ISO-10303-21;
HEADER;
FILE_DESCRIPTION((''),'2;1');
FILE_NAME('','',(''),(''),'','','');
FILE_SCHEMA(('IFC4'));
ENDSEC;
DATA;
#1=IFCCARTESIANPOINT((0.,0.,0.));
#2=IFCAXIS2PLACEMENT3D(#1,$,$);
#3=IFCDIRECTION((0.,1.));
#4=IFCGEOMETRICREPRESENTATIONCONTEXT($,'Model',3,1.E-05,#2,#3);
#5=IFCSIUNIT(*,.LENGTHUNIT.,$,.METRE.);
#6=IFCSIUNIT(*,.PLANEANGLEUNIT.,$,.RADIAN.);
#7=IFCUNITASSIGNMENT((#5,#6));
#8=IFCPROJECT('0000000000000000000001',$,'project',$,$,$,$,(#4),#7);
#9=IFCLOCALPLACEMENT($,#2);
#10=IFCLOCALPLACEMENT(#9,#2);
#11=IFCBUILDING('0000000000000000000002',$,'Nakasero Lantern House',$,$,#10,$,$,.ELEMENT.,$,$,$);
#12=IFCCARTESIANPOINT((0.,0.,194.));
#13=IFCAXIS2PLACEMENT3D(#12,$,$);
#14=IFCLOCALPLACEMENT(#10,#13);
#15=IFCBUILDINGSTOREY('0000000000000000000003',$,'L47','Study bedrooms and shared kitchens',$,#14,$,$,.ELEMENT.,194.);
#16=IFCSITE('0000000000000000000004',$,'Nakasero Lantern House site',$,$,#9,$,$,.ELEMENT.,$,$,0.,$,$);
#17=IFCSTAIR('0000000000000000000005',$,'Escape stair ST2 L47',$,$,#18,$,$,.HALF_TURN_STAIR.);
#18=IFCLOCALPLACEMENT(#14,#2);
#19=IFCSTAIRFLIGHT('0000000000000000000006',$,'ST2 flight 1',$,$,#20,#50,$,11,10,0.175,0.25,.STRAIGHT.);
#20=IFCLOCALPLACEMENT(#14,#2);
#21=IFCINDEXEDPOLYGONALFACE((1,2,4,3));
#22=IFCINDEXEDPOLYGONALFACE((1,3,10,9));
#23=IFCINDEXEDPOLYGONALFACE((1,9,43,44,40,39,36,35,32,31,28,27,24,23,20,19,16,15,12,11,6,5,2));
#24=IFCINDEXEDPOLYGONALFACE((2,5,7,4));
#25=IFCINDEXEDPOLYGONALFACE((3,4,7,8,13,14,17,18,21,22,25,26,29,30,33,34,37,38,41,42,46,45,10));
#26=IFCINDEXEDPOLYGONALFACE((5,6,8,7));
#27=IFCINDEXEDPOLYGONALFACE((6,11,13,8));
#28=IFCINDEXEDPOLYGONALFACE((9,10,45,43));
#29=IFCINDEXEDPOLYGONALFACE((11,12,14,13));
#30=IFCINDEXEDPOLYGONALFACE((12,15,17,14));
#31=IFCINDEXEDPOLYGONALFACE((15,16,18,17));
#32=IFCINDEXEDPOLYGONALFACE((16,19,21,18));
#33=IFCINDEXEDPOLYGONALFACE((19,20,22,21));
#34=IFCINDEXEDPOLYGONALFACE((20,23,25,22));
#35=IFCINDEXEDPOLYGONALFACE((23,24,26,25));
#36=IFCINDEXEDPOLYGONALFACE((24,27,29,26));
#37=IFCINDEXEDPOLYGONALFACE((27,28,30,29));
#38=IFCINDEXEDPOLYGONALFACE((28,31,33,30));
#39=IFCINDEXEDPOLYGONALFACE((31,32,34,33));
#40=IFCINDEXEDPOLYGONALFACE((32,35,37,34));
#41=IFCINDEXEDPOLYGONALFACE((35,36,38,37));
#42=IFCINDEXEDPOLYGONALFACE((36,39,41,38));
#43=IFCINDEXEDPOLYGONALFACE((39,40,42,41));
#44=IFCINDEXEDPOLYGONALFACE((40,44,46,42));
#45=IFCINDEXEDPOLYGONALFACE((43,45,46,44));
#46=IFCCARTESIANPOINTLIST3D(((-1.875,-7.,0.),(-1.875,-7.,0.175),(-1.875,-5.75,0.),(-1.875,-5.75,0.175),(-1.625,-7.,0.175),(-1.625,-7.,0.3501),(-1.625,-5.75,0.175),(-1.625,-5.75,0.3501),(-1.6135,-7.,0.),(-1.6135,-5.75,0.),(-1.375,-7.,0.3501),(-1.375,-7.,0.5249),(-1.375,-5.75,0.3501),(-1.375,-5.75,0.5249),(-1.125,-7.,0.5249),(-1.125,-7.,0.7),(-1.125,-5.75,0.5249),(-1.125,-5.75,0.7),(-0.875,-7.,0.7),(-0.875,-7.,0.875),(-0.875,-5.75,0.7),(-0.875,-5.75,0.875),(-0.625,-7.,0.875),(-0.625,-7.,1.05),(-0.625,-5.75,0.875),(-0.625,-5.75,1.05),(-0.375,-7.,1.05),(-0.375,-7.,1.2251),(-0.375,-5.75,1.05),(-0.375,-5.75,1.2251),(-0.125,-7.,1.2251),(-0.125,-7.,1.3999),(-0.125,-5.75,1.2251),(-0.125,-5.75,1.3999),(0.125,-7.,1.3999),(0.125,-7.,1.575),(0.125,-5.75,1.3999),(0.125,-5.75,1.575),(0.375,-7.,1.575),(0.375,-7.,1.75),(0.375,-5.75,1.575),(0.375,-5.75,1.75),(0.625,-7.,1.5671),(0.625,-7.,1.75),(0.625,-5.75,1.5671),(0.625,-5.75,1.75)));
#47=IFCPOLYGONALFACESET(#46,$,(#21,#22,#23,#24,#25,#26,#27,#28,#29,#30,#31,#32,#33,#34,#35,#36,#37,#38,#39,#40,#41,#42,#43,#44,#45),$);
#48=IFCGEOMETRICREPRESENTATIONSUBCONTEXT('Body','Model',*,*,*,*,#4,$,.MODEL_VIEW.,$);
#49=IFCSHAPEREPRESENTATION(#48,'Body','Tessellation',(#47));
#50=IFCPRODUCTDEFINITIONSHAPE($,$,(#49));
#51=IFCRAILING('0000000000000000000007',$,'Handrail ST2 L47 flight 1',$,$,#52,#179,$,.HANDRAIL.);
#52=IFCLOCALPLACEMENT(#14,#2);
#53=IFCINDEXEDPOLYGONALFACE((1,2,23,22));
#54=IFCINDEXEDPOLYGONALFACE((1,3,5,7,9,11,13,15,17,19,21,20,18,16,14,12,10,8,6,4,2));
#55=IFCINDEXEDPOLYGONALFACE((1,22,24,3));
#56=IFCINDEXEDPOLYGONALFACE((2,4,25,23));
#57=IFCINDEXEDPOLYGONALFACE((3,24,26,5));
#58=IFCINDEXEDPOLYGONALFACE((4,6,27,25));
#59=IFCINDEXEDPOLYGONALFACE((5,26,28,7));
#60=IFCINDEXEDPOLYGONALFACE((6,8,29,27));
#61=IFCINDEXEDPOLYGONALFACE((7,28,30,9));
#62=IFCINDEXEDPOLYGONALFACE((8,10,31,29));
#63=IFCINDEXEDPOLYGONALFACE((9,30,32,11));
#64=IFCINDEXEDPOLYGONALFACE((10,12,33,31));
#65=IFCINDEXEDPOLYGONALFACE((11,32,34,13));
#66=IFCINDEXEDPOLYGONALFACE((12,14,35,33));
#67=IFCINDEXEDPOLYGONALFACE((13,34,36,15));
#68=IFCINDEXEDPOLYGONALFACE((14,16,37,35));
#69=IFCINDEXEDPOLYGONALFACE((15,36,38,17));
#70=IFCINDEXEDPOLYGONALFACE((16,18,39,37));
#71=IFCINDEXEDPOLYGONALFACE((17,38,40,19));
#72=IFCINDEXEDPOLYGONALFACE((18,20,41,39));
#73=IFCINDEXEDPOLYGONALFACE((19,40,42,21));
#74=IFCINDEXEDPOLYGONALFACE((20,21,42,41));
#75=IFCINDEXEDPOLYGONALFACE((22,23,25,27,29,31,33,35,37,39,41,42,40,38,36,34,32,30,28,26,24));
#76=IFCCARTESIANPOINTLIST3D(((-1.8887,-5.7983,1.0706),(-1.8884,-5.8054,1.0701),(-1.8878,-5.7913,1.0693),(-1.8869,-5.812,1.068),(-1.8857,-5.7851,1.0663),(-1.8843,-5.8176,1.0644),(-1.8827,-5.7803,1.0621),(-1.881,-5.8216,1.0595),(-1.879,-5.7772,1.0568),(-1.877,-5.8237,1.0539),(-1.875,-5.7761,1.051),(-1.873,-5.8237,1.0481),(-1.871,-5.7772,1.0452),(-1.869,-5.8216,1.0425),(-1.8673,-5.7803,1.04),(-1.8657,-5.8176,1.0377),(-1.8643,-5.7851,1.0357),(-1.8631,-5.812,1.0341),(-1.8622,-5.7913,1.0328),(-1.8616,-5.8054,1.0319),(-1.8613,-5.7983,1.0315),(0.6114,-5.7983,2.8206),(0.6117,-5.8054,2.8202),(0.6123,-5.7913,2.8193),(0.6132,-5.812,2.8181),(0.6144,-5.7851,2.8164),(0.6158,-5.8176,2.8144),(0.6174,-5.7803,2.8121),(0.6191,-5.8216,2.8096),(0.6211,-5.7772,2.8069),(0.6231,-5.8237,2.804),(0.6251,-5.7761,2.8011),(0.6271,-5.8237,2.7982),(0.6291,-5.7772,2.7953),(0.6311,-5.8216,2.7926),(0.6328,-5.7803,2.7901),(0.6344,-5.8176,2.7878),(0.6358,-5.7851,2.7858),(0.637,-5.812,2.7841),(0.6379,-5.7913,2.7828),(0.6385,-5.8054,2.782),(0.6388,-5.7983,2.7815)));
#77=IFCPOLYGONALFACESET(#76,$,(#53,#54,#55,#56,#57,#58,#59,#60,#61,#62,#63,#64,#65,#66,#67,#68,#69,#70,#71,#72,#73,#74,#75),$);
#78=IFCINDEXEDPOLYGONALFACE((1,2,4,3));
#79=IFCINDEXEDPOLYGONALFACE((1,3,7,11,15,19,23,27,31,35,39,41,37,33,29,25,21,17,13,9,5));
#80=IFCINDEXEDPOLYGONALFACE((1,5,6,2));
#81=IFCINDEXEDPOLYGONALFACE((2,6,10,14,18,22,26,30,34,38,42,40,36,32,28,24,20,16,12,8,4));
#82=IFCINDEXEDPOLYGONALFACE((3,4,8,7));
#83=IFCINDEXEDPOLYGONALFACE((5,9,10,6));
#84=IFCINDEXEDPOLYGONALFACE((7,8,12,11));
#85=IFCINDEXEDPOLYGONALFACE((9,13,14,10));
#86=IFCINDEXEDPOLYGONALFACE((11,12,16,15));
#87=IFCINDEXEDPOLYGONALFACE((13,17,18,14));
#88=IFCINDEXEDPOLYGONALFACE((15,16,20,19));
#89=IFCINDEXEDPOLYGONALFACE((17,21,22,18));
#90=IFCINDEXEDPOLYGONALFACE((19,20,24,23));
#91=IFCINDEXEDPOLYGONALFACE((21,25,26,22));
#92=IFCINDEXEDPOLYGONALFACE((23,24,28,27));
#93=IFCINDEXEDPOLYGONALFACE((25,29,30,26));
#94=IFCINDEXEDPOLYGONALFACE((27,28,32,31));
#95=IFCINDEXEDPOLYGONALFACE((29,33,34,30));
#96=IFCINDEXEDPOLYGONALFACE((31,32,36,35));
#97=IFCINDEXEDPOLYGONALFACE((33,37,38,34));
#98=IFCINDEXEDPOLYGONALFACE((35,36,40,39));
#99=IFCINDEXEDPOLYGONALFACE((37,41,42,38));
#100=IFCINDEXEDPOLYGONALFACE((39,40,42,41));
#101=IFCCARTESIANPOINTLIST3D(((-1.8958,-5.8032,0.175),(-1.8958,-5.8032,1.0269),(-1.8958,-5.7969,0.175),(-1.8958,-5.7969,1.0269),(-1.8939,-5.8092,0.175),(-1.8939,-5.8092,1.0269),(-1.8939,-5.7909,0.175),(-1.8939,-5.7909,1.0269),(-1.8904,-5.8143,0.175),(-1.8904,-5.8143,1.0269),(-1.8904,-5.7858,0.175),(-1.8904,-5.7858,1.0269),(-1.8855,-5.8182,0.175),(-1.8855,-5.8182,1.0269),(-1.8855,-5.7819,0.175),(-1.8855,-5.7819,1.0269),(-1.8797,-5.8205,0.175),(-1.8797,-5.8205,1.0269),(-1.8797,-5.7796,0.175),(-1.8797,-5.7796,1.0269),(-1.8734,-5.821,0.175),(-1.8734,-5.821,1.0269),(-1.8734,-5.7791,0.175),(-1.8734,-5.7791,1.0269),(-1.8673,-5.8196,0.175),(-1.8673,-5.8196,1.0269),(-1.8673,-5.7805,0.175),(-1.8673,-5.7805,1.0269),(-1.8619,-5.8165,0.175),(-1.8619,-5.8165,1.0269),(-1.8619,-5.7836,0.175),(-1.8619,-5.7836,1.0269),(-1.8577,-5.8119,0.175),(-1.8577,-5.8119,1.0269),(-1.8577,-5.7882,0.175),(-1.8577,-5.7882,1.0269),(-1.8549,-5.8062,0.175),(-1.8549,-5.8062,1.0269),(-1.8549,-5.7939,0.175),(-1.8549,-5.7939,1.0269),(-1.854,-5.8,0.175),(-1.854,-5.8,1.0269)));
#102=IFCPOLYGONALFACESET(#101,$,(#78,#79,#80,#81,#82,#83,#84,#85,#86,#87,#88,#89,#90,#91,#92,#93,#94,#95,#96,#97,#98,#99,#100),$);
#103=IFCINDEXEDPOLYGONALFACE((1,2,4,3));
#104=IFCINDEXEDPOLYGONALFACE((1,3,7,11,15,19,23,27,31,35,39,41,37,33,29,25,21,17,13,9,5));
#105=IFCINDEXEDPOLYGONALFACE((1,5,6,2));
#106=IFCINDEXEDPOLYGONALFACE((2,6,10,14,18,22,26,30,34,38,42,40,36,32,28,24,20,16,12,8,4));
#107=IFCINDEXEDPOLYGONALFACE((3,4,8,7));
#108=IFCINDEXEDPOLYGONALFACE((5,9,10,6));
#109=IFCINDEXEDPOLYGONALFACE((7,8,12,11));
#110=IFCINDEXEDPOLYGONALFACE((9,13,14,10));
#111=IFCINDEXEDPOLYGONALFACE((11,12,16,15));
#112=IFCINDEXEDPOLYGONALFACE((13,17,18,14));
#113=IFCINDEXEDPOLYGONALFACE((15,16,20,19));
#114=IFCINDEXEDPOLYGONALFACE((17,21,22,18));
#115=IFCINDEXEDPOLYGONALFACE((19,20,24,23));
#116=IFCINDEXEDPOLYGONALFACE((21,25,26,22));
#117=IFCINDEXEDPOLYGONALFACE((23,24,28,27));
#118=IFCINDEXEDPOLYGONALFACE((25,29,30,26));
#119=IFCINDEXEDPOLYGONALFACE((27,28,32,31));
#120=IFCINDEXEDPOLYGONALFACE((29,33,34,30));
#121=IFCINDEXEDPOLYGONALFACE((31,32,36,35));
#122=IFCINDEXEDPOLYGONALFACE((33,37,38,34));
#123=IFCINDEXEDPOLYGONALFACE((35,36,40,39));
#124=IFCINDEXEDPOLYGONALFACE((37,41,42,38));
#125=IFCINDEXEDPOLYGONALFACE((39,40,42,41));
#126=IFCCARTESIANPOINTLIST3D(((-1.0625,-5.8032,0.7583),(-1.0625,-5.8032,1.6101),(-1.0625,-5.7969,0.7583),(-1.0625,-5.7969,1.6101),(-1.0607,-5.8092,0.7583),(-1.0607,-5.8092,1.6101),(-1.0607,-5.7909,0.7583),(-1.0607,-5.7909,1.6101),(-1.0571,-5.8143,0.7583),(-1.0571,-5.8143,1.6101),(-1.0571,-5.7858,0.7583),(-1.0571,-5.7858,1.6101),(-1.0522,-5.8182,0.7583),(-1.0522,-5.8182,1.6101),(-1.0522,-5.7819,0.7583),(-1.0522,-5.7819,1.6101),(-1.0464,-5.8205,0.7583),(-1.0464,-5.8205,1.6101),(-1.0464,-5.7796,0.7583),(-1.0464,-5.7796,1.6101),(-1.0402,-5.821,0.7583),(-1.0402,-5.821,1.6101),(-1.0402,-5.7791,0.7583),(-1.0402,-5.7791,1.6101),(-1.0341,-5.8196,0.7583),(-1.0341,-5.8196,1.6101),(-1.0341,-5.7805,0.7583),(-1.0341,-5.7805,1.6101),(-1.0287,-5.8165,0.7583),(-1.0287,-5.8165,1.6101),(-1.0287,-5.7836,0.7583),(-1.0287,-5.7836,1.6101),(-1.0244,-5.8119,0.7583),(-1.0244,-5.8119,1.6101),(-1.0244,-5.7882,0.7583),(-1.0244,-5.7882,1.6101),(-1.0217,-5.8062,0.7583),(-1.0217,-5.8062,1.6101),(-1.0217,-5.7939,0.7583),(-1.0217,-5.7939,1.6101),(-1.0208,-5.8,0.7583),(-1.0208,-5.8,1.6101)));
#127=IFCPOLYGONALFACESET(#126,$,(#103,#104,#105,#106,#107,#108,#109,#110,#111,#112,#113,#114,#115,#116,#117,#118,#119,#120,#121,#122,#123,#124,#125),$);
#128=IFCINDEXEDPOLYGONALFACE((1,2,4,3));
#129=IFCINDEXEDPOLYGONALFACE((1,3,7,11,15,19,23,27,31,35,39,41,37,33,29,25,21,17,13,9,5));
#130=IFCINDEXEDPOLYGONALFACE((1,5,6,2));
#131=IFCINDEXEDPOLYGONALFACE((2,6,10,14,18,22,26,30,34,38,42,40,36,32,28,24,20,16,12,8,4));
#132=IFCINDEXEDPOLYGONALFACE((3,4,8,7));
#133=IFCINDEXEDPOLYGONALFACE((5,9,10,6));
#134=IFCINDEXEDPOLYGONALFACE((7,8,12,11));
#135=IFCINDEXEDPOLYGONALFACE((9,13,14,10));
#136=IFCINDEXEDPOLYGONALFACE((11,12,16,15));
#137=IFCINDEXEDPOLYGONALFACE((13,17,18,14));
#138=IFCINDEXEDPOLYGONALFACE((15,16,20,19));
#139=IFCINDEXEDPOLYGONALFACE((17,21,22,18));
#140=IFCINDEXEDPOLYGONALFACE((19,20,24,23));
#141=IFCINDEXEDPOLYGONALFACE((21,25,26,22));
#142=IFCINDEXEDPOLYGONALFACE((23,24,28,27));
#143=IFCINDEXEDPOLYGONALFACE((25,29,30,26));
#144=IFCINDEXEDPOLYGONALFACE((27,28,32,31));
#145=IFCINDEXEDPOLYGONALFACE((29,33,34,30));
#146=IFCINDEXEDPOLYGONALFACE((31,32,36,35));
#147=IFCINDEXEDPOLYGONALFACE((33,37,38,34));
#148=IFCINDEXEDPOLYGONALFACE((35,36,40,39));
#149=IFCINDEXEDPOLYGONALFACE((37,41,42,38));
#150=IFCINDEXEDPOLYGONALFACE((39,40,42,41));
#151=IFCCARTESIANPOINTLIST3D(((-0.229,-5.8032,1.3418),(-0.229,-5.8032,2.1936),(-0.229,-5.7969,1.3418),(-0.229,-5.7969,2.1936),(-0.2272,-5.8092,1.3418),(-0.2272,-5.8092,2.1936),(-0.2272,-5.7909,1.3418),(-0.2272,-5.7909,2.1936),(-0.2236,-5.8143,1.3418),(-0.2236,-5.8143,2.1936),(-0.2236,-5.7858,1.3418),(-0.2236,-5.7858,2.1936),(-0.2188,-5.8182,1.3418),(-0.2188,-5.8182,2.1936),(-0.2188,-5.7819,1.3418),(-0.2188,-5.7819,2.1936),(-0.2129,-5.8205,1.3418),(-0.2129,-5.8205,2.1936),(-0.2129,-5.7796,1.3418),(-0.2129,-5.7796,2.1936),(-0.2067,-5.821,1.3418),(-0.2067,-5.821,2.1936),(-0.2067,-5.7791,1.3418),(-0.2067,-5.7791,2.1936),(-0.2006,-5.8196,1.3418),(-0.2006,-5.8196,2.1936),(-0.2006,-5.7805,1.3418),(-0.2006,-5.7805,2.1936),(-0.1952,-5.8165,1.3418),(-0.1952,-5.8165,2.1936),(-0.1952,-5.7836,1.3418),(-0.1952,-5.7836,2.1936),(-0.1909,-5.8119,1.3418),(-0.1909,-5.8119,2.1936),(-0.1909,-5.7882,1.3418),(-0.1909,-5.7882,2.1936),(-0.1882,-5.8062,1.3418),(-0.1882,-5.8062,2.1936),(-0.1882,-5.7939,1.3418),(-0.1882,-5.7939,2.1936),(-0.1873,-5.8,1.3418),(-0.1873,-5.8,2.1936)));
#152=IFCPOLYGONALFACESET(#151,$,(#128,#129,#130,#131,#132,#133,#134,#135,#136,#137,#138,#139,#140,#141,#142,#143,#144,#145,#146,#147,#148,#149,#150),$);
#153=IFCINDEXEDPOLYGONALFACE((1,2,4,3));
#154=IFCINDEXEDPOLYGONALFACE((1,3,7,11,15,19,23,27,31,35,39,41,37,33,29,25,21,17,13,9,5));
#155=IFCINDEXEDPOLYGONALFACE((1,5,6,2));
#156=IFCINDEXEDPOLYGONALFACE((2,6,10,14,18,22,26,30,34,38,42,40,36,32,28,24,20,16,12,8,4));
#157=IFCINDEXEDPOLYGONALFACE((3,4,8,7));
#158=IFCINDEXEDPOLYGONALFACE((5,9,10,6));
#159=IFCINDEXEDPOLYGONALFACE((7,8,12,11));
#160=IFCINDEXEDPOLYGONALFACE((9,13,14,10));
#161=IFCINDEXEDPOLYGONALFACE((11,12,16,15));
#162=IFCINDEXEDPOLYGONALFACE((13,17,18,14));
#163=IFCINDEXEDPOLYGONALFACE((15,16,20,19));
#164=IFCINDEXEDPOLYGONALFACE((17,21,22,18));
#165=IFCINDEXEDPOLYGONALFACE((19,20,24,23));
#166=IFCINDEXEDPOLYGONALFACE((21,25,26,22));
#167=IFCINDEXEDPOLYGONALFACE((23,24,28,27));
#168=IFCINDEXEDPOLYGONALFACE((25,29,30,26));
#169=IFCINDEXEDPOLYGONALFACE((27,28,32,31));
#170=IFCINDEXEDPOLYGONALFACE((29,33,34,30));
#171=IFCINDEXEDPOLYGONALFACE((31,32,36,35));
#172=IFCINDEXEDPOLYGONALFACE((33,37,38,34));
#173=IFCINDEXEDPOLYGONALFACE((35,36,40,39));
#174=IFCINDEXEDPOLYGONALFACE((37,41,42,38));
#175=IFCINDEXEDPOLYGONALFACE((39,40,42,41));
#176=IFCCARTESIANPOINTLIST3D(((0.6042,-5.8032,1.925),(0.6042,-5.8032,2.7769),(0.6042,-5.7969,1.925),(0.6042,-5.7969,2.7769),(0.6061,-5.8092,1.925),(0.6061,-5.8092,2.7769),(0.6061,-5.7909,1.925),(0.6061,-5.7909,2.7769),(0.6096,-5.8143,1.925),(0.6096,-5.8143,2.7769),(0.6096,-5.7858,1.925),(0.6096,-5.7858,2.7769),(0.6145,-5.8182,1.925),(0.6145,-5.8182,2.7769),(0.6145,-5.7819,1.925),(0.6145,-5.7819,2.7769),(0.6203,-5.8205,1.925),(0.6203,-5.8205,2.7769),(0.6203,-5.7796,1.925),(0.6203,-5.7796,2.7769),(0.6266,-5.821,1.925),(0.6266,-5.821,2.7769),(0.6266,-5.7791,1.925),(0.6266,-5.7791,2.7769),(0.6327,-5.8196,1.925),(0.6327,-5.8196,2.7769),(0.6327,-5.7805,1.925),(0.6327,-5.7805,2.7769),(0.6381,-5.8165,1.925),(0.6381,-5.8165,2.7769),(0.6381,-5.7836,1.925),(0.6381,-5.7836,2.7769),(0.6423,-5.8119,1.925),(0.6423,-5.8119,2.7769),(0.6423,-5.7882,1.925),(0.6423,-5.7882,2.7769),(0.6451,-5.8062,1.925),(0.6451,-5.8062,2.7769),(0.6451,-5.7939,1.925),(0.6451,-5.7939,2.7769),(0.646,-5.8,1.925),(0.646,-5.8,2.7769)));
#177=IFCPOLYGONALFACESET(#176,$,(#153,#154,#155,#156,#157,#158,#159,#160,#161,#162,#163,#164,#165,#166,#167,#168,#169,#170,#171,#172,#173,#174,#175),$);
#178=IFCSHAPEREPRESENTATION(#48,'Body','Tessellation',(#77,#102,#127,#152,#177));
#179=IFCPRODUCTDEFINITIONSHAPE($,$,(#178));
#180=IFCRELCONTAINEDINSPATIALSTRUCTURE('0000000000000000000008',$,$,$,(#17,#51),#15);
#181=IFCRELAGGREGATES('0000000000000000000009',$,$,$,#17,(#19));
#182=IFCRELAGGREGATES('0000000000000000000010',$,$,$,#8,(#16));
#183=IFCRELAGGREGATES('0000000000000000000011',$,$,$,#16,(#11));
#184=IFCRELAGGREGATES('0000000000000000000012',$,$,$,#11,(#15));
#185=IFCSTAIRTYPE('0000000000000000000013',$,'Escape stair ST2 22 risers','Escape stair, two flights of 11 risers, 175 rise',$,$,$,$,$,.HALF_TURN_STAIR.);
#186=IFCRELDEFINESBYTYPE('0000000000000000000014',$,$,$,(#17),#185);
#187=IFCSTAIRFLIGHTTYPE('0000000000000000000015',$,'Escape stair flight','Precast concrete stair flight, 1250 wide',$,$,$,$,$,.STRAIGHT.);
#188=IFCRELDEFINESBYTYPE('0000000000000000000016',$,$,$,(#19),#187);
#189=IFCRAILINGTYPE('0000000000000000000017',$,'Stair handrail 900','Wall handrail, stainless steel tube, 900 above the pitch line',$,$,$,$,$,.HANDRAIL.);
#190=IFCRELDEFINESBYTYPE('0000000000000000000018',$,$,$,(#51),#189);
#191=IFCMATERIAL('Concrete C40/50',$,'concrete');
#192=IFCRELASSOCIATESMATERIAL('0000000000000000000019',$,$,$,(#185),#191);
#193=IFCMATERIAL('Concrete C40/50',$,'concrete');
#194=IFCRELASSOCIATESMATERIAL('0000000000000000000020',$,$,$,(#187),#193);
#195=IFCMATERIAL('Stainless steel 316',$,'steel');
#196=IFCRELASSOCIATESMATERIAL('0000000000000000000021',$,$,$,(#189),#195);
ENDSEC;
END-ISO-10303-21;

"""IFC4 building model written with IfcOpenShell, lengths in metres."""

from ifc_helpers import new_model, si_unit, direction, frame, origin, origin_2d, place, context, subcontext, project, spatial, polyline, circle, outline, extrude, material, type_object, element, aggregate, save


model = new_model("IFC4")

# Units and contexts
model_context = context("Model", 3, precision=1e-05, world=origin(), true_north=direction((0.0, 1.0)))
body_context = subcontext(model_context, "Body", "Model", "MODEL_VIEW")
ifc_project = project(units=[si_unit("LENGTHUNIT", "METRE"), si_unit("PLANEANGLEUNIT", "RADIAN")], contexts=[model_context])

# Site, building, storey
site_placement = place(None, origin())
site = spatial("IfcSite", under=ifc_project, at=site_placement, Name="Nakasero Lantern House site", CompositionType="ELEMENT", RefElevation=0.0)
building_placement = place(site_placement, origin())
building = spatial("IfcBuilding", under=site, at=building_placement, Name="Nakasero Lantern House", CompositionType="ELEMENT")
storey_placement = place(building_placement, frame((0.0, 0.0, 194.0)))
storey = spatial("IfcBuildingStorey", under=building, at=storey_placement, Name="L47", Description="Study bedrooms and shared kitchens", CompositionType="ELEMENT", Elevation=194.0)

# Stair, stair flight
ifc_material_1 = material(Name="Concrete C40/50", Category="concrete")
stair_type = type_object("IfcStairType", Name="Escape stair ST2 22 risers", Description="Escape stair, two flights of 11 risers, 175 rise", PredefinedType="HALF_TURN_STAIR", material=ifc_material_1)
stair_placement = place(storey_placement, origin())
stair = element("IfcStair", 1, at=stair_placement, inside=storey, type_object=stair_type, Name="Escape stair ST2 L47", PredefinedType="HALF_TURN_STAIR")
ifc_material_2 = material(Name="Concrete C40/50", Category="concrete")
stair_flight_type = type_object("IfcStairFlightType", Name="Escape stair flight", Description="Precast concrete stair flight, 1250 wide", PredefinedType="STRAIGHT", material=ifc_material_2)
stair_flight_placement = place(storey_placement, frame((-1.875, -6.375, 0.0), z_axis=(0.0, 0.0, 1.0), x_axis=(1.0, 0.0, 0.0)))
stair_flight = element("IfcStairFlight", 2, at=stair_flight_placement, type_object=stair_flight_type, Name="ST2 flight 1", NumberOfRisers=11, NumberOfTreads=10, PredefinedType="STRAIGHT", RiserHeight=0.175, TreadLength=0.25, context=body_context, shape_type="SweptSolid", body=[
    extrude(outline(polyline([(0.0, 0.0), (0.0, 0.175), (0.25, 0.175), (0.25, 0.3501), (0.5, 0.3501), (0.5, 0.5249), (0.75, 0.5249), (0.75, 0.7), (1.0, 0.7), (1.0, 0.875), (1.25, 0.875), (1.25, 1.05), (1.5, 1.05), (1.5, 1.2251), (1.75, 1.2251), (1.75, 1.3999), (2.0, 1.3999), (2.0, 1.575), (2.25, 1.575), (2.25, 1.75), (2.5, 1.75), (2.5, 1.925), (2.5, 1.5671), (0.2615, 0.0), (0.0, 0.0)])), frame((0.0, 0.625, 0.0), z_axis=(0.0, -1.0, 0.0), x_axis=(1.0, 0.0, 0.0)), (0.0, 0.0, 1.0), 1.25),
])
aggregate(stair, [stair_flight])

# Railing
ifc_material_3 = material(Name="Stainless steel 316", Category="steel")
railing_type = type_object("IfcRailingType", Name="Stair handrail 900", Description="Wall handrail, stainless steel tube, 900 above the pitch line", PredefinedType="HANDRAIL", material=ifc_material_3)
railing_placement = place(storey_placement, frame((-1.875, -5.8, 0.175)))
element("IfcRailing", 3, at=railing_placement, inside=storey, type_object=railing_type, Name="Handrail ST2 L47 flight 1", PredefinedType="HANDRAIL", context=body_context, shape_type="SweptSolid", body=[
    extrude(circle(Radius=0.0239, at=origin_2d()), frame((0.0, 0.0, 0.876), z_axis=(0.819232, 0.0, 0.573462), x_axis=(0.0, 1.0, 0.0)), (0.0, 0.0, 1.0), 3.0518),
    extrude(circle(Radius=0.021, at=origin_2d()), origin(), (0.0, 0.0, 1.0), 0.8518),
    extrude(circle(Radius=0.021, at=origin_2d()), frame((0.8333, 0.0, 0.5833)), (0.0, 0.0, 1.0), 0.8518),
    extrude(circle(Radius=0.021, at=origin_2d()), frame((1.6667, 0.0, 1.1667)), (0.0, 0.0, 1.0), 0.8518),
    extrude(circle(Radius=0.021, at=origin_2d()), frame((2.5, 0.0, 1.75)), (0.0, 0.0, 1.0), 0.8518),
])

save(model, "model.ifc")
